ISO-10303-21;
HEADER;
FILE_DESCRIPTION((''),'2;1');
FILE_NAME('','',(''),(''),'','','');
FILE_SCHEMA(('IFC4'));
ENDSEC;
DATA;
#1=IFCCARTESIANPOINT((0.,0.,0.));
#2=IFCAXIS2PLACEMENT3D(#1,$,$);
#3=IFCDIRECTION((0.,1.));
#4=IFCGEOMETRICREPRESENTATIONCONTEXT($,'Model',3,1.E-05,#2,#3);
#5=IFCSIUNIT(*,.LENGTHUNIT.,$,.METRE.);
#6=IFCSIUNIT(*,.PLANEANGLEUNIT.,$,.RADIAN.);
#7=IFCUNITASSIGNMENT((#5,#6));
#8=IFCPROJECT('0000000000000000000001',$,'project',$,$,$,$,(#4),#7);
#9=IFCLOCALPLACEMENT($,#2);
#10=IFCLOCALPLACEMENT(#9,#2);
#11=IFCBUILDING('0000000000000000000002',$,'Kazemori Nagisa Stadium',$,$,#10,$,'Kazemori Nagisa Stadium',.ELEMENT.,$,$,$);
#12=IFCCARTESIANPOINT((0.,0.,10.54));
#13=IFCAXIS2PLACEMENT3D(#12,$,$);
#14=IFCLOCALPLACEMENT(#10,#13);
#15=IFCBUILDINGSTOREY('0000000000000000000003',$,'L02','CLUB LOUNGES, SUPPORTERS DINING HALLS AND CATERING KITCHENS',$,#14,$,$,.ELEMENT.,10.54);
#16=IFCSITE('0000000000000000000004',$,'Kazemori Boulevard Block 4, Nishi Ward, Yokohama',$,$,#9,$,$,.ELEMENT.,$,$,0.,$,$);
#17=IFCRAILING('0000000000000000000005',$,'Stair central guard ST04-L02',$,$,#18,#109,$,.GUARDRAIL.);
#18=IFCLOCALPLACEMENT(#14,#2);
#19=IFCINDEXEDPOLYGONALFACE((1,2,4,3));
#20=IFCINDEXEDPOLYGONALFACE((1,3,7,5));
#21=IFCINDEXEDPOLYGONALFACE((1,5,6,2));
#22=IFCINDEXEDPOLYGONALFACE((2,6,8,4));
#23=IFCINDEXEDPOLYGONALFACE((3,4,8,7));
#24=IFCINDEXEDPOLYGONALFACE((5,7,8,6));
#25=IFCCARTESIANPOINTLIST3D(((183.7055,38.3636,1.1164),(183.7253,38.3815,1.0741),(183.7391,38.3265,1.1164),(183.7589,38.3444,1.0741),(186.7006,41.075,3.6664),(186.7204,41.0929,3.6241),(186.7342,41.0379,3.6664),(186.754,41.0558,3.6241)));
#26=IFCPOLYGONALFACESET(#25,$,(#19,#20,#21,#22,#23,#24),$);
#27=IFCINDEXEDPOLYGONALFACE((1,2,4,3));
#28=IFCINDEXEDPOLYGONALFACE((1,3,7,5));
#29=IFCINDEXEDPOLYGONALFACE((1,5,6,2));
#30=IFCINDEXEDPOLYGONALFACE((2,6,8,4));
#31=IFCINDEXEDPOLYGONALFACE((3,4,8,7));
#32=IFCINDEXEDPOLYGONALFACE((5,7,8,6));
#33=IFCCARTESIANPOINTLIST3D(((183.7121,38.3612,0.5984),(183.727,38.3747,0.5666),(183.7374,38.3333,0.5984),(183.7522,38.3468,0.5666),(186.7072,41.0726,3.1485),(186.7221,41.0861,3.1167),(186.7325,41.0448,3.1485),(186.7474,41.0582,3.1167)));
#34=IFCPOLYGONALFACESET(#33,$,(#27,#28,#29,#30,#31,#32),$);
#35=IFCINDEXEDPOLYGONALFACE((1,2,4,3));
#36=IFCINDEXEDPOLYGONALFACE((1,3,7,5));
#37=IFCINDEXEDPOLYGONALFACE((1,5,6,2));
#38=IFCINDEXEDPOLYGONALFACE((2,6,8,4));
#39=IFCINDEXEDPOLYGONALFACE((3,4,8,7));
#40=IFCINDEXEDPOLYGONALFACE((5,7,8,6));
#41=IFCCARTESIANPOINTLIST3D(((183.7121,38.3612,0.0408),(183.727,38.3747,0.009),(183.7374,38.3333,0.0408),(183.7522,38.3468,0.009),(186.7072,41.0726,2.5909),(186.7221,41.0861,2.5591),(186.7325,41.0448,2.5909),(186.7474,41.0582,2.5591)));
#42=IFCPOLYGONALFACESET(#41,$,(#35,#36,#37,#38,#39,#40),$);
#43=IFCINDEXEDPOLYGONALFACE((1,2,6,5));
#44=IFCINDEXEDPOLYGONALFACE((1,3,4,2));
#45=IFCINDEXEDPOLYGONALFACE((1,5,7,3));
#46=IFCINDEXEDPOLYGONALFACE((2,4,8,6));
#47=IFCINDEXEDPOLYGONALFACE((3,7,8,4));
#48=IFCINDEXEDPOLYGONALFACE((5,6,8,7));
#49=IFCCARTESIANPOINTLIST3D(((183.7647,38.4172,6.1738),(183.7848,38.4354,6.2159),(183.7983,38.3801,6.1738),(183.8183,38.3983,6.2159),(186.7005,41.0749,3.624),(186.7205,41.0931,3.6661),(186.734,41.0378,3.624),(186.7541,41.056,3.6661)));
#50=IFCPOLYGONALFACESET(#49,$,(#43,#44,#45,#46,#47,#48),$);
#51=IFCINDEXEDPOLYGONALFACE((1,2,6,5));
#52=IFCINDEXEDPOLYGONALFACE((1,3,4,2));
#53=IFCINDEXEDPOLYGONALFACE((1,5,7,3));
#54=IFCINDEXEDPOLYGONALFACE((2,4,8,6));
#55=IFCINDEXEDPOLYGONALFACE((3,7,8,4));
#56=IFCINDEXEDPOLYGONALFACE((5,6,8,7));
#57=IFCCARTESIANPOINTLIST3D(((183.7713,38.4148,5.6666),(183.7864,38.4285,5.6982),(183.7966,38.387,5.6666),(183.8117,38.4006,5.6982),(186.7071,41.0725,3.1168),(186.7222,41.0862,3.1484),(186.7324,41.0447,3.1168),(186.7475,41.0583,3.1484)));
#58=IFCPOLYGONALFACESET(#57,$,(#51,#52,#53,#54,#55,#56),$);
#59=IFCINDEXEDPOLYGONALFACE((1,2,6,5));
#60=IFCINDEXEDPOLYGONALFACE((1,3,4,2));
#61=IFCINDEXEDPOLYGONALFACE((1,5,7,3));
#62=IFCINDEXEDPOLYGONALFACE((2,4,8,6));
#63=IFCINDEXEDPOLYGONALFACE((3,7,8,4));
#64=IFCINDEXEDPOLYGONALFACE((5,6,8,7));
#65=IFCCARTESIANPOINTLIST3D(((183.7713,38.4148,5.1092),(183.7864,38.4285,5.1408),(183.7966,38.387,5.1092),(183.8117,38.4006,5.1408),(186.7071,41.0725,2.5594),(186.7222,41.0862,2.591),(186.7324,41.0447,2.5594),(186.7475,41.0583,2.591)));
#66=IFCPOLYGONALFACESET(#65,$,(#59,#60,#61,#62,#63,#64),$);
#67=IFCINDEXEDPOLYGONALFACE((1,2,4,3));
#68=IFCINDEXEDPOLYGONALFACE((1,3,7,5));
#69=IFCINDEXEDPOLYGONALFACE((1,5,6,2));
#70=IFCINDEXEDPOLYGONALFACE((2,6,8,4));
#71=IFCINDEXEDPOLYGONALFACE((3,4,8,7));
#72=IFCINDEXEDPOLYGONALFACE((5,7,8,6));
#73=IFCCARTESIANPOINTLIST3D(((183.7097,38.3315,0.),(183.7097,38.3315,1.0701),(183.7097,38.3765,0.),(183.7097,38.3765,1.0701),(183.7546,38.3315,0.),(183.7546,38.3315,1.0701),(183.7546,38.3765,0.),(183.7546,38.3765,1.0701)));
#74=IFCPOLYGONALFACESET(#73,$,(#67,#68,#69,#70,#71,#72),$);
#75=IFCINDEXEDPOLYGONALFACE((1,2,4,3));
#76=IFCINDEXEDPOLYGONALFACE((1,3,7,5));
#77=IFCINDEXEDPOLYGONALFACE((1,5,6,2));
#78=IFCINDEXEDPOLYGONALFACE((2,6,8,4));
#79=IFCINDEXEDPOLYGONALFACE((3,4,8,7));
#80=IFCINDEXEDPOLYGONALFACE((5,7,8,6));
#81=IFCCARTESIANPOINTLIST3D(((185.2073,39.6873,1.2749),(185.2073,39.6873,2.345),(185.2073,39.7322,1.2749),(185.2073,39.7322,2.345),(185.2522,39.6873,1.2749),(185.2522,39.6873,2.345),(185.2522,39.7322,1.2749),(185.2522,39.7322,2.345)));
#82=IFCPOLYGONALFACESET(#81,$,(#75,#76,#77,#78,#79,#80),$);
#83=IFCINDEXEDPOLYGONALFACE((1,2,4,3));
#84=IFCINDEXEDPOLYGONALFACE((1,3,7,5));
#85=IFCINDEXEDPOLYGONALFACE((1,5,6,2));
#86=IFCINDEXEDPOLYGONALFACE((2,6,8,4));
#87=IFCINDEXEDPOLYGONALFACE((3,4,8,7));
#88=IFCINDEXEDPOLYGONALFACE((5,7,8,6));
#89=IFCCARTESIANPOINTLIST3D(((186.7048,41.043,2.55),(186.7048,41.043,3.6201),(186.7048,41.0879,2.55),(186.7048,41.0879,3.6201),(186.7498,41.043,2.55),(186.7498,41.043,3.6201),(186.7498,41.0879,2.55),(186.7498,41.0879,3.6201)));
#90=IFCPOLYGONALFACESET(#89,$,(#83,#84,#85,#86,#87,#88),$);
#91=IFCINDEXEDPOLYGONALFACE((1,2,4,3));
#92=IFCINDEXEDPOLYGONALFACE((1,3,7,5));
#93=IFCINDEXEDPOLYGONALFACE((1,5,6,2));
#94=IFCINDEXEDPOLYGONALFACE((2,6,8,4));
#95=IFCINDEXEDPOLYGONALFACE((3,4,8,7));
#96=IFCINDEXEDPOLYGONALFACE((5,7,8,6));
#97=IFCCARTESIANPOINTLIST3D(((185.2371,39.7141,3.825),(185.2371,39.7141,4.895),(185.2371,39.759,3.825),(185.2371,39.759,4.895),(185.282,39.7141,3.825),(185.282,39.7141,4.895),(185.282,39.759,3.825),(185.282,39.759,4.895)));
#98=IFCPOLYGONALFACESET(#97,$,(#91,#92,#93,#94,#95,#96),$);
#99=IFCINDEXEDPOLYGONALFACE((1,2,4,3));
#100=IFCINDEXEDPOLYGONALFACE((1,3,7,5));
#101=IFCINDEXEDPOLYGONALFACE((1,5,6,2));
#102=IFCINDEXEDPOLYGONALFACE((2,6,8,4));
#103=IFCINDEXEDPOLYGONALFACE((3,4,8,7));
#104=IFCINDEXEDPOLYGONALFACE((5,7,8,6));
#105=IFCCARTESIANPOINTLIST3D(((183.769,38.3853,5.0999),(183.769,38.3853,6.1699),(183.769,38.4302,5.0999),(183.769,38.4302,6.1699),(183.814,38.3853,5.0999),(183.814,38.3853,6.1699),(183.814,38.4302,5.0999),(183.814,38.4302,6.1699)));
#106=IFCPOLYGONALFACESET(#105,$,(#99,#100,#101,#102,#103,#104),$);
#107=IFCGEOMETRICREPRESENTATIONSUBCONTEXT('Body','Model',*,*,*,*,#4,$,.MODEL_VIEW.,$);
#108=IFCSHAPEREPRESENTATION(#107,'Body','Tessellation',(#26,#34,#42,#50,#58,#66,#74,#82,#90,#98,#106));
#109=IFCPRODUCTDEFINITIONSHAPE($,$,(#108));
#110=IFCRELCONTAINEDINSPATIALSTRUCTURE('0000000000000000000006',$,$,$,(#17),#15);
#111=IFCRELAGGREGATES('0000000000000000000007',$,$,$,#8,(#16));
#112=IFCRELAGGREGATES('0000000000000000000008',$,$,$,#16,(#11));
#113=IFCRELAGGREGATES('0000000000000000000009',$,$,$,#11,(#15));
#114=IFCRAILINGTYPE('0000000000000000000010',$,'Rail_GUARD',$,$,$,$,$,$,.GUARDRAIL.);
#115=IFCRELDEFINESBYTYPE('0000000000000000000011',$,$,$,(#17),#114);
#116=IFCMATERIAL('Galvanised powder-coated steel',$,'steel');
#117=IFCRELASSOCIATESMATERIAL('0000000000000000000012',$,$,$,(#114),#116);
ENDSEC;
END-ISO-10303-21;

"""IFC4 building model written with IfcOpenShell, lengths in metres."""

from ifc_helpers import new_model, si_unit, direction, frame, origin, origin_2d, place, context, subcontext, project, spatial, rectangle, extrude, material, type_object, element, save


model = new_model("IFC4")

# Units and contexts
model_context = context("Model", 3, precision=1e-05, world=origin(), true_north=direction((0.0, 1.0)))
body_context = subcontext(model_context, "Body", "Model", "MODEL_VIEW")
ifc_project = project(units=[si_unit("LENGTHUNIT", "METRE"), si_unit("PLANEANGLEUNIT", "RADIAN")], contexts=[model_context])

# Site, building, storey
site_placement = place(None, origin())
site = spatial("IfcSite", under=ifc_project, at=site_placement, Name="Kazemori Boulevard Block 4, Nishi Ward, Yokohama", CompositionType="ELEMENT", RefElevation=0.0)
building_placement = place(site_placement, origin())
building = spatial("IfcBuilding", under=site, at=building_placement, Name="Kazemori Nagisa Stadium", LongName="Kazemori Nagisa Stadium", CompositionType="ELEMENT")
storey_placement = place(building_placement, frame((0.0, 0.0, 10.54)))
storey = spatial("IfcBuildingStorey", under=building, at=storey_placement, Name="L02", Description="CLUB LOUNGES, SUPPORTERS DINING HALLS AND CATERING KITCHENS", CompositionType="ELEMENT", Elevation=10.54)

# Railing
ifc_material_1 = material(Name="Galvanised powder-coated steel", Category="steel")
railing_type_1 = type_object("IfcRailingType", Name="Rail_GUARD", PredefinedType="GUARDRAIL", material=ifc_material_1)
railing_1_placement = place(storey_placement, frame((183.7322, 38.354, 0.0)))
element("IfcRailing", 1, at=railing_1_placement, inside=storey, type_object=railing_type_1, Name="Stair central guard ST04-L02", PredefinedType="GUARDRAIL", context=body_context, shape_type="SweptSolid", body=[
    extrude(rectangle(XDim=0.05, YDim=0.05, at=origin_2d()), frame((0.0, 0.0, 1.0952), z_axis=(0.62691, 0.567531, 0.533753), x_axis=(-0.671125, 0.741344, 0.0)), (0.0, 0.0, 1.0), 4.7776),
    extrude(rectangle(XDim=0.0376, YDim=0.0376, at=origin_2d()), frame((0.0, 0.0, 0.5825), z_axis=(0.62691, 0.567531, 0.533753), x_axis=(-0.671125, 0.741344, 0.0)), (0.0, 0.0, 1.0), 4.7776),
    extrude(rectangle(XDim=0.0376, YDim=0.0376, at=origin_2d()), frame((0.0, 0.0, 0.0249), z_axis=(0.62691, 0.567531, 0.533753), x_axis=(-0.671125, 0.741344, 0.0)), (0.0, 0.0, 1.0), 4.7776),
    extrude(rectangle(XDim=0.05, YDim=0.05, at=origin_2d()), frame((2.9951, 2.7114, 3.645), z_axis=(-0.623314, -0.564274, 0.541363), x_axis=(0.671125, -0.741344, 0.0)), (0.0, 0.0, 1.0), 4.71),
    extrude(rectangle(XDim=0.0376, YDim=0.0376, at=origin_2d()), frame((2.9951, 2.7114, 3.1326), z_axis=(-0.623314, -0.564274, 0.541363), x_axis=(0.671125, -0.741344, 0.0)), (0.0, 0.0, 1.0), 4.71),
    extrude(rectangle(XDim=0.0376, YDim=0.0376, at=origin_2d()), frame((2.9951, 2.7114, 2.5752), z_axis=(-0.623314, -0.564274, 0.541363), x_axis=(0.671125, -0.741344, 0.0)), (0.0, 0.0, 1.0), 4.71),
    extrude(rectangle(XDim=0.0449, YDim=0.0449, at=origin_2d()), origin(), (0.0, 0.0, 1.0), 1.0701),
    extrude(rectangle(XDim=0.0449, YDim=0.0449, at=origin_2d()), frame((1.4976, 1.3557, 1.2749)), (0.0, 0.0, 1.0), 1.0701),
    extrude(rectangle(XDim=0.0449, YDim=0.0449, at=origin_2d()), frame((2.9951, 2.7114, 2.55)), (0.0, 0.0, 1.0), 1.0701),
    extrude(rectangle(XDim=0.0449, YDim=0.0449, at=origin_2d()), frame((1.5273, 1.3826, 3.825)), (0.0, 0.0, 1.0), 1.0701),
    extrude(rectangle(XDim=0.0449, YDim=0.0449, at=origin_2d()), frame((0.0593, 0.0537, 5.0999)), (0.0, 0.0, 1.0), 1.0701),
])

save(model, "model.ifc")
